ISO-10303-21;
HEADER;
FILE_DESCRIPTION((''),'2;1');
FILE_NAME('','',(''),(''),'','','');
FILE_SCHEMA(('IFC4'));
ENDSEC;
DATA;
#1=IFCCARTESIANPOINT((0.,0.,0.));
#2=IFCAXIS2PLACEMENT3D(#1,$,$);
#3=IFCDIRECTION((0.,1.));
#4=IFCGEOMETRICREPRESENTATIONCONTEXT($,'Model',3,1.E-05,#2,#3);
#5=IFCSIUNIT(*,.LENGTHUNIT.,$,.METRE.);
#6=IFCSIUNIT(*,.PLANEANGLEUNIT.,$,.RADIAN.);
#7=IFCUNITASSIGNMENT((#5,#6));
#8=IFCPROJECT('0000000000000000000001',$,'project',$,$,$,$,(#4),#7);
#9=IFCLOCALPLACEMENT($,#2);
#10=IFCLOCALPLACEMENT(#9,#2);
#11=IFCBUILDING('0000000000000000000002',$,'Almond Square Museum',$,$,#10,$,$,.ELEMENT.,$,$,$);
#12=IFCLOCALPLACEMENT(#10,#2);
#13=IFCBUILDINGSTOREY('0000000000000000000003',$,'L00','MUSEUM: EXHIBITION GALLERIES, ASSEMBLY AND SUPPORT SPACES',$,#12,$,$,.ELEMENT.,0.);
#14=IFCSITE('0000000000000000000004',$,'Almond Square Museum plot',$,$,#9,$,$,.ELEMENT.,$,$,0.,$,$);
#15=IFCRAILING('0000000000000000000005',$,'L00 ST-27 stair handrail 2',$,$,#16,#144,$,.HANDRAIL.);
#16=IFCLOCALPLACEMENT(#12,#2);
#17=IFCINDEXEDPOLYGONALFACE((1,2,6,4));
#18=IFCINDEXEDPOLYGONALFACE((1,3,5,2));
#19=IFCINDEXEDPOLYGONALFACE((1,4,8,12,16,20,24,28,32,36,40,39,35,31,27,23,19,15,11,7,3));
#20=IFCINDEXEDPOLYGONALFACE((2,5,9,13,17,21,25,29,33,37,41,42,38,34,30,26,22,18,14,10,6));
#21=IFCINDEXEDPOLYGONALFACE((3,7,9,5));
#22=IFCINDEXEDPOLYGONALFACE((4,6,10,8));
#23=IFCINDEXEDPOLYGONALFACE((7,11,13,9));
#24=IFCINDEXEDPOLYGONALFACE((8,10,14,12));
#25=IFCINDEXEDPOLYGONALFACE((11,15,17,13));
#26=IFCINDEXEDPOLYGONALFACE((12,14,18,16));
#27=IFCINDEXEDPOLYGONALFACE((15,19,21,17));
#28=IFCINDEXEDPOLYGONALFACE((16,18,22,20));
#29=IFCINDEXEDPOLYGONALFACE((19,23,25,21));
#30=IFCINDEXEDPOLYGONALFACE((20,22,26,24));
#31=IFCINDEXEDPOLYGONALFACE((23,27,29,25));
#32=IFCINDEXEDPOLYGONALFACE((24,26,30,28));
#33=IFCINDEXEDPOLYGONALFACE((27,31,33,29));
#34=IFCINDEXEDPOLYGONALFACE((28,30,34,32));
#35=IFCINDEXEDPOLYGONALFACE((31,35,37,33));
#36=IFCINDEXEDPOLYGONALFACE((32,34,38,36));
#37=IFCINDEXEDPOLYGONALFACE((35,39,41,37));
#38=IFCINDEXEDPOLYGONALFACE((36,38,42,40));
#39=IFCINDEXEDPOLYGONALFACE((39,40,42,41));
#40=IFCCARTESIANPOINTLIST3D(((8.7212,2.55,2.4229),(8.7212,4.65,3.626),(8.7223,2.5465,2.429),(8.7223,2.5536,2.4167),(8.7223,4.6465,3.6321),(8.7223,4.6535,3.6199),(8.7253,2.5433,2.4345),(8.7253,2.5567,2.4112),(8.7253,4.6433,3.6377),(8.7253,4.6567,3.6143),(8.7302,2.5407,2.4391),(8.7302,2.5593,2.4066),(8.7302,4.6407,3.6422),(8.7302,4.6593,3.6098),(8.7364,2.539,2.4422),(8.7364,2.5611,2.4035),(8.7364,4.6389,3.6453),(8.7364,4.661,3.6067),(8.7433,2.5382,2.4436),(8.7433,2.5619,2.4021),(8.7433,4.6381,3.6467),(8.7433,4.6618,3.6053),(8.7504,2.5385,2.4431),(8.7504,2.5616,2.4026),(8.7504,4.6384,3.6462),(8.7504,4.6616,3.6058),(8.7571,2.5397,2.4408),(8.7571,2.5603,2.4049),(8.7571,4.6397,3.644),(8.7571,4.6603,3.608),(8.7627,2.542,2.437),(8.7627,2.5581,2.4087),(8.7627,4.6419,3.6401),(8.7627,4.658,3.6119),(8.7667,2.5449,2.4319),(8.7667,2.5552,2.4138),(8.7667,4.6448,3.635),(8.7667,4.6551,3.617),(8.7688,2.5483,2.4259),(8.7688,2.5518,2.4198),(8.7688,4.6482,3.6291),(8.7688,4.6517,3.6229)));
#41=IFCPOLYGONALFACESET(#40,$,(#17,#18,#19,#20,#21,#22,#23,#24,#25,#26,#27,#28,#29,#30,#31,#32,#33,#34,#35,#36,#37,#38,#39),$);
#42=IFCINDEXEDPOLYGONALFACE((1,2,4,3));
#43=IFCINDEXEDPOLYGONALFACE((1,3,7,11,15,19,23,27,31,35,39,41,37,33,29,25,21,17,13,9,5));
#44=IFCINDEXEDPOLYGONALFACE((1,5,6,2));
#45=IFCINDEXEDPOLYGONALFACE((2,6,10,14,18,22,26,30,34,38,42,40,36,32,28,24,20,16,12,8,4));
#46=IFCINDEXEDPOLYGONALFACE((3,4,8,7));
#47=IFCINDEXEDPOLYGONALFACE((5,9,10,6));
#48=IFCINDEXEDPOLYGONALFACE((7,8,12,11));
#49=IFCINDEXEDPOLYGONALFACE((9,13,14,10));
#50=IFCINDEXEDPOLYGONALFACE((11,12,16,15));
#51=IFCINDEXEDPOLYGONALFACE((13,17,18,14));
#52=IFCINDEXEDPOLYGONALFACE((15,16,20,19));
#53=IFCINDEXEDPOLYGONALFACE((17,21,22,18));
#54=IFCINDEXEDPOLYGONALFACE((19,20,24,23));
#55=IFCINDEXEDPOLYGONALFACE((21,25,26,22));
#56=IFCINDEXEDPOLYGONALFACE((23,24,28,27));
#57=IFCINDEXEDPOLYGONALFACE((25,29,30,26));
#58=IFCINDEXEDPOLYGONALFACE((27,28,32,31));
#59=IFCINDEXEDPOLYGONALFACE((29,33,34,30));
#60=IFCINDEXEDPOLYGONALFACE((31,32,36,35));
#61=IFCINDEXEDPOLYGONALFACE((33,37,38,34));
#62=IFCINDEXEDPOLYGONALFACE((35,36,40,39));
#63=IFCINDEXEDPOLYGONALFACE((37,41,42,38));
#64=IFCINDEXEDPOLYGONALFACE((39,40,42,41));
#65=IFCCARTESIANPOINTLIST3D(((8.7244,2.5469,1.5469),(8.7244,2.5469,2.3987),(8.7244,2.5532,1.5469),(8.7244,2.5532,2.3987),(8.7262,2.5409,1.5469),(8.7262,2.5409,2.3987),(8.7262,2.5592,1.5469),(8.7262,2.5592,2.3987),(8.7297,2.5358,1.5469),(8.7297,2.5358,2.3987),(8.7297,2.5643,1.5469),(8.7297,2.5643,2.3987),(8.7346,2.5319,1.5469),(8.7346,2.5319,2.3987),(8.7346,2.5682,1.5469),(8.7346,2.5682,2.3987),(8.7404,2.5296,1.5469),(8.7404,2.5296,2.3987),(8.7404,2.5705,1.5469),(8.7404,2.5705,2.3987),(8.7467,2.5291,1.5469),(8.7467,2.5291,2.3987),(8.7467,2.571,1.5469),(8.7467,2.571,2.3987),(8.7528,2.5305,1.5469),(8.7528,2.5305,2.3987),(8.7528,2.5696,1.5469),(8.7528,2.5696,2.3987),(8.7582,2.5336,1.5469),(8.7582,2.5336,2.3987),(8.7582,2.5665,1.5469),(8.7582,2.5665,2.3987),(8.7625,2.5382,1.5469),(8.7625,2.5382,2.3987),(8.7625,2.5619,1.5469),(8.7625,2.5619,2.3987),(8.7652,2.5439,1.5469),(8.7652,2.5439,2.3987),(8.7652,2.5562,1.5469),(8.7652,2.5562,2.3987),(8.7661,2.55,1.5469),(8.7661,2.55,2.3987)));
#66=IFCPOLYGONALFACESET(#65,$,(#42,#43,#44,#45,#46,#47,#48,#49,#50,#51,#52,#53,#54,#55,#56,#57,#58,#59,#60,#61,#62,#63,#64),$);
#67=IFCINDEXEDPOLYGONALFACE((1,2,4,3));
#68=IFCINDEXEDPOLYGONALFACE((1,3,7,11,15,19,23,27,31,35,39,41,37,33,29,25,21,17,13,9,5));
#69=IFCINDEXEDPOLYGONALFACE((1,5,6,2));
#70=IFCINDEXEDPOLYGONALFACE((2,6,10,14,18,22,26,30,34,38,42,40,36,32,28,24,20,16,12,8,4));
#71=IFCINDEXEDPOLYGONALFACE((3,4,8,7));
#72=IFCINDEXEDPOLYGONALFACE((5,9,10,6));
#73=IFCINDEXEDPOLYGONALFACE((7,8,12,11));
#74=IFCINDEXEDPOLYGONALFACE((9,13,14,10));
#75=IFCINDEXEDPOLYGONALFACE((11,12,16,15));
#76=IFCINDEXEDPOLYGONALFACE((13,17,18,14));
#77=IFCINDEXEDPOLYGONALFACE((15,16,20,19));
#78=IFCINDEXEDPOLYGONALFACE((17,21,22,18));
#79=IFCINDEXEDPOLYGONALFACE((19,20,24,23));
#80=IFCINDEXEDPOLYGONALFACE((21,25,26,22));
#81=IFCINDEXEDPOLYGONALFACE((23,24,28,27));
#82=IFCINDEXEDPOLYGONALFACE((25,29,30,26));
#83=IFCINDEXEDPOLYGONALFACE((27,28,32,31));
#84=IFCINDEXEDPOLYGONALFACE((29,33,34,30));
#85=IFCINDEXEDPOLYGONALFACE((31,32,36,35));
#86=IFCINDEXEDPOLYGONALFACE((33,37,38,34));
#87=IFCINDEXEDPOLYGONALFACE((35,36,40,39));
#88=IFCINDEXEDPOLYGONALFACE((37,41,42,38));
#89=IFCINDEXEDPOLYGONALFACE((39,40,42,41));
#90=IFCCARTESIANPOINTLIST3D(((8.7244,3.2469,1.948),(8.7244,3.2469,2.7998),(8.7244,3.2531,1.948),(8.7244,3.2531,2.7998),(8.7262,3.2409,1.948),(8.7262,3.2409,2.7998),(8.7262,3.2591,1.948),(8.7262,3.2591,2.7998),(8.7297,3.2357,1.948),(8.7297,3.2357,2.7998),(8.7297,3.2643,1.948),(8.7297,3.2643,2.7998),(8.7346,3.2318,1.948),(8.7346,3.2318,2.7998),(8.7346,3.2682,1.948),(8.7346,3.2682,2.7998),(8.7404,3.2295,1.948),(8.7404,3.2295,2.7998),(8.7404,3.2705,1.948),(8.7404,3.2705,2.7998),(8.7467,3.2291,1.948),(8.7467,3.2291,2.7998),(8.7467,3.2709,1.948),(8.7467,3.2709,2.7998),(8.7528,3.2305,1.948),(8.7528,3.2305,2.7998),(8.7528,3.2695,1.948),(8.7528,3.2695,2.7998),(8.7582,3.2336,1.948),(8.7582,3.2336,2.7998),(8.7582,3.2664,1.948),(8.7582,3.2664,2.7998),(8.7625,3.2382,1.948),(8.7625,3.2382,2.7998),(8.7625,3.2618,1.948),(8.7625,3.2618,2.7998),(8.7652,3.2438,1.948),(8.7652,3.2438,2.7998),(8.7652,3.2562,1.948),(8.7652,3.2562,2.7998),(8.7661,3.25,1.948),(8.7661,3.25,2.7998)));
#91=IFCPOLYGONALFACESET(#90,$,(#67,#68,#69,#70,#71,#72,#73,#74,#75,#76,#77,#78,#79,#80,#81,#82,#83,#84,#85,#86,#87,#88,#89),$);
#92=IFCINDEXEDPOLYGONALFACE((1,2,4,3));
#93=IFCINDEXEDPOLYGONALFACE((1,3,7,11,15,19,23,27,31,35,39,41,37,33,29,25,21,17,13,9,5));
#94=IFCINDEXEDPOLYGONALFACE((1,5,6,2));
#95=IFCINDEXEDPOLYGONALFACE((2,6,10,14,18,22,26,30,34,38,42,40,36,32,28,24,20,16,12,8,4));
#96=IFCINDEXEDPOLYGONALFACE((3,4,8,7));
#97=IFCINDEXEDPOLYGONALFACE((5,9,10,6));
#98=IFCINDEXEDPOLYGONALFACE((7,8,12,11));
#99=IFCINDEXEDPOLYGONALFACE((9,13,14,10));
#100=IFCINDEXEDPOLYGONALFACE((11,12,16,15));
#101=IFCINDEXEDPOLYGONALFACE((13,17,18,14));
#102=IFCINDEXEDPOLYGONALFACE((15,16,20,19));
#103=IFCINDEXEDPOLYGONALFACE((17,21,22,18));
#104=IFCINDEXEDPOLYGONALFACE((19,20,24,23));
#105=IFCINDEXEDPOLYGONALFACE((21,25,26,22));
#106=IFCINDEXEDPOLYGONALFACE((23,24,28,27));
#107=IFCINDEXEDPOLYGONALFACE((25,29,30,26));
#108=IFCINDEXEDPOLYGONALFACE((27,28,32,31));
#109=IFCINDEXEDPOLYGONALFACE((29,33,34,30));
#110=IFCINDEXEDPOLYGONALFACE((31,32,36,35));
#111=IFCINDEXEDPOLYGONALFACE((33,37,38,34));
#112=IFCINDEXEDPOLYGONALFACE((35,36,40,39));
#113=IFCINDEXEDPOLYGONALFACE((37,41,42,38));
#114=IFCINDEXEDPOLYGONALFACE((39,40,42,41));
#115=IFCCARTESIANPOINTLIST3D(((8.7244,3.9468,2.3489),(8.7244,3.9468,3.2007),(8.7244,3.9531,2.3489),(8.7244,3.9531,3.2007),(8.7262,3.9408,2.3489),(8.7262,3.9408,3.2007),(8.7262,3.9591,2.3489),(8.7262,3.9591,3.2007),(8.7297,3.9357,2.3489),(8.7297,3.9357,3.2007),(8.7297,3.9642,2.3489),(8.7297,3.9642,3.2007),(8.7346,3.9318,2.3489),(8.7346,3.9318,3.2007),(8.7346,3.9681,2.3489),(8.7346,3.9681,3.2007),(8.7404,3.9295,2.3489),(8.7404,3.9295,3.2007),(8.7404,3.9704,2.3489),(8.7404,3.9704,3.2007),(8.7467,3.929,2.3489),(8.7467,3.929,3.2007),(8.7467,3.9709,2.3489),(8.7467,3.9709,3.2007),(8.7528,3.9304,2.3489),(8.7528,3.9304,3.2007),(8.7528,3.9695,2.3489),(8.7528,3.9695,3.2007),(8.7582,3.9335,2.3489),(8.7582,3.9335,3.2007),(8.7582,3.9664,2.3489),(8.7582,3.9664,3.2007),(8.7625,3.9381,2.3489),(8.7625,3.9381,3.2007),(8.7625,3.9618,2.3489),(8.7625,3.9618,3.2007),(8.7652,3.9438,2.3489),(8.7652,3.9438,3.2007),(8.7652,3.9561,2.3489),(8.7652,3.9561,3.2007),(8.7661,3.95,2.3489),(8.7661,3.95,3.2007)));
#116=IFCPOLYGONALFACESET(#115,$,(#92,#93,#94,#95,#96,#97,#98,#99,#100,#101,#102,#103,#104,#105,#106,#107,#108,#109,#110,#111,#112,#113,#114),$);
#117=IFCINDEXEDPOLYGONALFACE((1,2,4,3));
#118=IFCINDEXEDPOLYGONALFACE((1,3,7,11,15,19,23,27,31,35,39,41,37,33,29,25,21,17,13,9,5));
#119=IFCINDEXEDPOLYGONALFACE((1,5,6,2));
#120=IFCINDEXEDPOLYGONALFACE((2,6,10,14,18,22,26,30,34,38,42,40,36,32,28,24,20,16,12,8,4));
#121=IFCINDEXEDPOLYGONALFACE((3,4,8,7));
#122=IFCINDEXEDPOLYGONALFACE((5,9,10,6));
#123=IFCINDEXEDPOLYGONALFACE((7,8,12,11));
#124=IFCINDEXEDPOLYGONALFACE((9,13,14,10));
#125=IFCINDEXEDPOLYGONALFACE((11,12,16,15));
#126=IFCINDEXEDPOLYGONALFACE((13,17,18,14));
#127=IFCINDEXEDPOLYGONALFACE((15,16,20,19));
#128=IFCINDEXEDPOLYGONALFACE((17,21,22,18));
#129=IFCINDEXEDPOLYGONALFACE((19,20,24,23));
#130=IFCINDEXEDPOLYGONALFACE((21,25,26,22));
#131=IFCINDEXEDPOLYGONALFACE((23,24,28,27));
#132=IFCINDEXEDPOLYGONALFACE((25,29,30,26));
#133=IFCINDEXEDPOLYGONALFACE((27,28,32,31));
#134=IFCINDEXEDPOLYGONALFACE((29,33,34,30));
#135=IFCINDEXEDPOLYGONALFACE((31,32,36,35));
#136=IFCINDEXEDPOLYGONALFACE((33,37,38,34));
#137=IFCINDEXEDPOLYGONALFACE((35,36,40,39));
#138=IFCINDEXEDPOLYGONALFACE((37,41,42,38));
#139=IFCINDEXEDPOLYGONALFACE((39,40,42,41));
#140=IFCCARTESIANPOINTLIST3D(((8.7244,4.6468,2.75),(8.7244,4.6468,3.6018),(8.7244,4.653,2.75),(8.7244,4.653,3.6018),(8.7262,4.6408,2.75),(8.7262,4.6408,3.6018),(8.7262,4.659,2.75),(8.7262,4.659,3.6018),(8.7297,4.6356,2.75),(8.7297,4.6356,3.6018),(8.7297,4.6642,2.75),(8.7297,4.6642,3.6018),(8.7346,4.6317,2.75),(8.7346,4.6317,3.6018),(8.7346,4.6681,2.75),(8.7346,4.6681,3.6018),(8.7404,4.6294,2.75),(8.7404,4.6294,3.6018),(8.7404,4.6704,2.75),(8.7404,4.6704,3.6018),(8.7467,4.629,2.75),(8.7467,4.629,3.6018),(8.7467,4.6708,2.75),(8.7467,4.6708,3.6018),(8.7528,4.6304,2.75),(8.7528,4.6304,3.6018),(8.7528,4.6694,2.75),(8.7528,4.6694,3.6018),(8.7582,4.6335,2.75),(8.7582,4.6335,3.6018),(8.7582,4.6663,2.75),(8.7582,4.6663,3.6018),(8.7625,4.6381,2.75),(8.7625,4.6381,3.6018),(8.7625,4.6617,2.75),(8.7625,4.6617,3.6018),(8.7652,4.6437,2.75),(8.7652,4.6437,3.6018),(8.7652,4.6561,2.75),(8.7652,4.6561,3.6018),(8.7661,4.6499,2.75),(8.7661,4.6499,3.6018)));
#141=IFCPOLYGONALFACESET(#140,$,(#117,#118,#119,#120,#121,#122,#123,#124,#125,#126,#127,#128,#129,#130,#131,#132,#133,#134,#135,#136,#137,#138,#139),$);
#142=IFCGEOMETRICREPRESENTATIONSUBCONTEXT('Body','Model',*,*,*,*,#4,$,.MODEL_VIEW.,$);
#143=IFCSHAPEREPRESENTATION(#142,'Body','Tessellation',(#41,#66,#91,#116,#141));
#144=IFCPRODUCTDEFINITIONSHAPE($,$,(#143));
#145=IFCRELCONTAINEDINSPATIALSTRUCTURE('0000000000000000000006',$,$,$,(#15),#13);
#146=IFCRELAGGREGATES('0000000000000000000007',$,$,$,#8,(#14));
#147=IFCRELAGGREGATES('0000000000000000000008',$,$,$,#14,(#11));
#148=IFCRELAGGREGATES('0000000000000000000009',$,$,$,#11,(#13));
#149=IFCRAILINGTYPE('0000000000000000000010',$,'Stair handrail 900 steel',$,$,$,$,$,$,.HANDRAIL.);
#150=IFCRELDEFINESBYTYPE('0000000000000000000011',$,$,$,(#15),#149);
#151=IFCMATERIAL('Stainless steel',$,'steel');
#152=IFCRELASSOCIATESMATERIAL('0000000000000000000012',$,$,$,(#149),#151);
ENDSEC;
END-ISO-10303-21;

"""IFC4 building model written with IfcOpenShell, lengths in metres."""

from ifc_helpers import new_model, si_unit, direction, frame, origin, origin_2d, place, context, subcontext, project, spatial, circle, extrude, material, type_object, element, save


model = new_model("IFC4")

# Units and contexts
model_context = context("Model", 3, precision=1e-05, world=origin(), true_north=direction((0.0, 1.0)))
body_context = subcontext(model_context, "Body", "Model", "MODEL_VIEW")
ifc_project = project(units=[si_unit("LENGTHUNIT", "METRE"), si_unit("PLANEANGLEUNIT", "RADIAN")], contexts=[model_context])

# Site, building, storey
site_placement = place(None, origin())
site = spatial("IfcSite", under=ifc_project, at=site_placement, Name="Almond Square Museum plot", CompositionType="ELEMENT", RefElevation=0.0)
building_placement = place(site_placement, origin())
building = spatial("IfcBuilding", under=site, at=building_placement, Name="Almond Square Museum", CompositionType="ELEMENT")
storey_placement = place(building_placement, origin())
storey = spatial("IfcBuildingStorey", under=building, at=storey_placement, Name="L00", Description="MUSEUM: EXHIBITION GALLERIES, ASSEMBLY AND SUPPORT SPACES", CompositionType="ELEMENT", Elevation=0.0)

# Railing
ifc_material_1 = material(Name="Stainless steel", Category="steel")
railing_type_1 = type_object("IfcRailingType", Name="Stair handrail 900 steel", PredefinedType="HANDRAIL", material=ifc_material_1)
for number, where, name in (
    (1, (8.7451, 2.55, 1.5469), "L00 ST-27 stair handrail 2"),
):
    element("IfcRailing", number, at=place(storey_placement, frame(where)), inside=storey, type_object=railing_type_1, Name=name, PredefinedType="HANDRAIL", context=body_context, shape_type="SweptSolid", body=[
        extrude(circle(Radius=0.0239, at=origin_2d()), frame((0.0, 0.0, 0.876), z_axis=(0.0, 0.867671, 0.497138), x_axis=(-1.0, 0.0, 0.0)), (0.0, 0.0, 1.0), 2.4202),
        extrude(circle(Radius=0.021, at=origin_2d()), origin(), (0.0, 0.0, 1.0), 0.8518),
        extrude(circle(Radius=0.021, at=origin_2d()), frame((0.0, 0.7, 0.4011)), (0.0, 0.0, 1.0), 0.8518),
        extrude(circle(Radius=0.021, at=origin_2d()), frame((0.0, 1.3999, 0.802)), (0.0, 0.0, 1.0), 0.8518),
        extrude(circle(Radius=0.021, at=origin_2d()), frame((0.0, 2.0999, 1.2031)), (0.0, 0.0, 1.0), 0.8518),
    ])

save(model, "model.ifc")
